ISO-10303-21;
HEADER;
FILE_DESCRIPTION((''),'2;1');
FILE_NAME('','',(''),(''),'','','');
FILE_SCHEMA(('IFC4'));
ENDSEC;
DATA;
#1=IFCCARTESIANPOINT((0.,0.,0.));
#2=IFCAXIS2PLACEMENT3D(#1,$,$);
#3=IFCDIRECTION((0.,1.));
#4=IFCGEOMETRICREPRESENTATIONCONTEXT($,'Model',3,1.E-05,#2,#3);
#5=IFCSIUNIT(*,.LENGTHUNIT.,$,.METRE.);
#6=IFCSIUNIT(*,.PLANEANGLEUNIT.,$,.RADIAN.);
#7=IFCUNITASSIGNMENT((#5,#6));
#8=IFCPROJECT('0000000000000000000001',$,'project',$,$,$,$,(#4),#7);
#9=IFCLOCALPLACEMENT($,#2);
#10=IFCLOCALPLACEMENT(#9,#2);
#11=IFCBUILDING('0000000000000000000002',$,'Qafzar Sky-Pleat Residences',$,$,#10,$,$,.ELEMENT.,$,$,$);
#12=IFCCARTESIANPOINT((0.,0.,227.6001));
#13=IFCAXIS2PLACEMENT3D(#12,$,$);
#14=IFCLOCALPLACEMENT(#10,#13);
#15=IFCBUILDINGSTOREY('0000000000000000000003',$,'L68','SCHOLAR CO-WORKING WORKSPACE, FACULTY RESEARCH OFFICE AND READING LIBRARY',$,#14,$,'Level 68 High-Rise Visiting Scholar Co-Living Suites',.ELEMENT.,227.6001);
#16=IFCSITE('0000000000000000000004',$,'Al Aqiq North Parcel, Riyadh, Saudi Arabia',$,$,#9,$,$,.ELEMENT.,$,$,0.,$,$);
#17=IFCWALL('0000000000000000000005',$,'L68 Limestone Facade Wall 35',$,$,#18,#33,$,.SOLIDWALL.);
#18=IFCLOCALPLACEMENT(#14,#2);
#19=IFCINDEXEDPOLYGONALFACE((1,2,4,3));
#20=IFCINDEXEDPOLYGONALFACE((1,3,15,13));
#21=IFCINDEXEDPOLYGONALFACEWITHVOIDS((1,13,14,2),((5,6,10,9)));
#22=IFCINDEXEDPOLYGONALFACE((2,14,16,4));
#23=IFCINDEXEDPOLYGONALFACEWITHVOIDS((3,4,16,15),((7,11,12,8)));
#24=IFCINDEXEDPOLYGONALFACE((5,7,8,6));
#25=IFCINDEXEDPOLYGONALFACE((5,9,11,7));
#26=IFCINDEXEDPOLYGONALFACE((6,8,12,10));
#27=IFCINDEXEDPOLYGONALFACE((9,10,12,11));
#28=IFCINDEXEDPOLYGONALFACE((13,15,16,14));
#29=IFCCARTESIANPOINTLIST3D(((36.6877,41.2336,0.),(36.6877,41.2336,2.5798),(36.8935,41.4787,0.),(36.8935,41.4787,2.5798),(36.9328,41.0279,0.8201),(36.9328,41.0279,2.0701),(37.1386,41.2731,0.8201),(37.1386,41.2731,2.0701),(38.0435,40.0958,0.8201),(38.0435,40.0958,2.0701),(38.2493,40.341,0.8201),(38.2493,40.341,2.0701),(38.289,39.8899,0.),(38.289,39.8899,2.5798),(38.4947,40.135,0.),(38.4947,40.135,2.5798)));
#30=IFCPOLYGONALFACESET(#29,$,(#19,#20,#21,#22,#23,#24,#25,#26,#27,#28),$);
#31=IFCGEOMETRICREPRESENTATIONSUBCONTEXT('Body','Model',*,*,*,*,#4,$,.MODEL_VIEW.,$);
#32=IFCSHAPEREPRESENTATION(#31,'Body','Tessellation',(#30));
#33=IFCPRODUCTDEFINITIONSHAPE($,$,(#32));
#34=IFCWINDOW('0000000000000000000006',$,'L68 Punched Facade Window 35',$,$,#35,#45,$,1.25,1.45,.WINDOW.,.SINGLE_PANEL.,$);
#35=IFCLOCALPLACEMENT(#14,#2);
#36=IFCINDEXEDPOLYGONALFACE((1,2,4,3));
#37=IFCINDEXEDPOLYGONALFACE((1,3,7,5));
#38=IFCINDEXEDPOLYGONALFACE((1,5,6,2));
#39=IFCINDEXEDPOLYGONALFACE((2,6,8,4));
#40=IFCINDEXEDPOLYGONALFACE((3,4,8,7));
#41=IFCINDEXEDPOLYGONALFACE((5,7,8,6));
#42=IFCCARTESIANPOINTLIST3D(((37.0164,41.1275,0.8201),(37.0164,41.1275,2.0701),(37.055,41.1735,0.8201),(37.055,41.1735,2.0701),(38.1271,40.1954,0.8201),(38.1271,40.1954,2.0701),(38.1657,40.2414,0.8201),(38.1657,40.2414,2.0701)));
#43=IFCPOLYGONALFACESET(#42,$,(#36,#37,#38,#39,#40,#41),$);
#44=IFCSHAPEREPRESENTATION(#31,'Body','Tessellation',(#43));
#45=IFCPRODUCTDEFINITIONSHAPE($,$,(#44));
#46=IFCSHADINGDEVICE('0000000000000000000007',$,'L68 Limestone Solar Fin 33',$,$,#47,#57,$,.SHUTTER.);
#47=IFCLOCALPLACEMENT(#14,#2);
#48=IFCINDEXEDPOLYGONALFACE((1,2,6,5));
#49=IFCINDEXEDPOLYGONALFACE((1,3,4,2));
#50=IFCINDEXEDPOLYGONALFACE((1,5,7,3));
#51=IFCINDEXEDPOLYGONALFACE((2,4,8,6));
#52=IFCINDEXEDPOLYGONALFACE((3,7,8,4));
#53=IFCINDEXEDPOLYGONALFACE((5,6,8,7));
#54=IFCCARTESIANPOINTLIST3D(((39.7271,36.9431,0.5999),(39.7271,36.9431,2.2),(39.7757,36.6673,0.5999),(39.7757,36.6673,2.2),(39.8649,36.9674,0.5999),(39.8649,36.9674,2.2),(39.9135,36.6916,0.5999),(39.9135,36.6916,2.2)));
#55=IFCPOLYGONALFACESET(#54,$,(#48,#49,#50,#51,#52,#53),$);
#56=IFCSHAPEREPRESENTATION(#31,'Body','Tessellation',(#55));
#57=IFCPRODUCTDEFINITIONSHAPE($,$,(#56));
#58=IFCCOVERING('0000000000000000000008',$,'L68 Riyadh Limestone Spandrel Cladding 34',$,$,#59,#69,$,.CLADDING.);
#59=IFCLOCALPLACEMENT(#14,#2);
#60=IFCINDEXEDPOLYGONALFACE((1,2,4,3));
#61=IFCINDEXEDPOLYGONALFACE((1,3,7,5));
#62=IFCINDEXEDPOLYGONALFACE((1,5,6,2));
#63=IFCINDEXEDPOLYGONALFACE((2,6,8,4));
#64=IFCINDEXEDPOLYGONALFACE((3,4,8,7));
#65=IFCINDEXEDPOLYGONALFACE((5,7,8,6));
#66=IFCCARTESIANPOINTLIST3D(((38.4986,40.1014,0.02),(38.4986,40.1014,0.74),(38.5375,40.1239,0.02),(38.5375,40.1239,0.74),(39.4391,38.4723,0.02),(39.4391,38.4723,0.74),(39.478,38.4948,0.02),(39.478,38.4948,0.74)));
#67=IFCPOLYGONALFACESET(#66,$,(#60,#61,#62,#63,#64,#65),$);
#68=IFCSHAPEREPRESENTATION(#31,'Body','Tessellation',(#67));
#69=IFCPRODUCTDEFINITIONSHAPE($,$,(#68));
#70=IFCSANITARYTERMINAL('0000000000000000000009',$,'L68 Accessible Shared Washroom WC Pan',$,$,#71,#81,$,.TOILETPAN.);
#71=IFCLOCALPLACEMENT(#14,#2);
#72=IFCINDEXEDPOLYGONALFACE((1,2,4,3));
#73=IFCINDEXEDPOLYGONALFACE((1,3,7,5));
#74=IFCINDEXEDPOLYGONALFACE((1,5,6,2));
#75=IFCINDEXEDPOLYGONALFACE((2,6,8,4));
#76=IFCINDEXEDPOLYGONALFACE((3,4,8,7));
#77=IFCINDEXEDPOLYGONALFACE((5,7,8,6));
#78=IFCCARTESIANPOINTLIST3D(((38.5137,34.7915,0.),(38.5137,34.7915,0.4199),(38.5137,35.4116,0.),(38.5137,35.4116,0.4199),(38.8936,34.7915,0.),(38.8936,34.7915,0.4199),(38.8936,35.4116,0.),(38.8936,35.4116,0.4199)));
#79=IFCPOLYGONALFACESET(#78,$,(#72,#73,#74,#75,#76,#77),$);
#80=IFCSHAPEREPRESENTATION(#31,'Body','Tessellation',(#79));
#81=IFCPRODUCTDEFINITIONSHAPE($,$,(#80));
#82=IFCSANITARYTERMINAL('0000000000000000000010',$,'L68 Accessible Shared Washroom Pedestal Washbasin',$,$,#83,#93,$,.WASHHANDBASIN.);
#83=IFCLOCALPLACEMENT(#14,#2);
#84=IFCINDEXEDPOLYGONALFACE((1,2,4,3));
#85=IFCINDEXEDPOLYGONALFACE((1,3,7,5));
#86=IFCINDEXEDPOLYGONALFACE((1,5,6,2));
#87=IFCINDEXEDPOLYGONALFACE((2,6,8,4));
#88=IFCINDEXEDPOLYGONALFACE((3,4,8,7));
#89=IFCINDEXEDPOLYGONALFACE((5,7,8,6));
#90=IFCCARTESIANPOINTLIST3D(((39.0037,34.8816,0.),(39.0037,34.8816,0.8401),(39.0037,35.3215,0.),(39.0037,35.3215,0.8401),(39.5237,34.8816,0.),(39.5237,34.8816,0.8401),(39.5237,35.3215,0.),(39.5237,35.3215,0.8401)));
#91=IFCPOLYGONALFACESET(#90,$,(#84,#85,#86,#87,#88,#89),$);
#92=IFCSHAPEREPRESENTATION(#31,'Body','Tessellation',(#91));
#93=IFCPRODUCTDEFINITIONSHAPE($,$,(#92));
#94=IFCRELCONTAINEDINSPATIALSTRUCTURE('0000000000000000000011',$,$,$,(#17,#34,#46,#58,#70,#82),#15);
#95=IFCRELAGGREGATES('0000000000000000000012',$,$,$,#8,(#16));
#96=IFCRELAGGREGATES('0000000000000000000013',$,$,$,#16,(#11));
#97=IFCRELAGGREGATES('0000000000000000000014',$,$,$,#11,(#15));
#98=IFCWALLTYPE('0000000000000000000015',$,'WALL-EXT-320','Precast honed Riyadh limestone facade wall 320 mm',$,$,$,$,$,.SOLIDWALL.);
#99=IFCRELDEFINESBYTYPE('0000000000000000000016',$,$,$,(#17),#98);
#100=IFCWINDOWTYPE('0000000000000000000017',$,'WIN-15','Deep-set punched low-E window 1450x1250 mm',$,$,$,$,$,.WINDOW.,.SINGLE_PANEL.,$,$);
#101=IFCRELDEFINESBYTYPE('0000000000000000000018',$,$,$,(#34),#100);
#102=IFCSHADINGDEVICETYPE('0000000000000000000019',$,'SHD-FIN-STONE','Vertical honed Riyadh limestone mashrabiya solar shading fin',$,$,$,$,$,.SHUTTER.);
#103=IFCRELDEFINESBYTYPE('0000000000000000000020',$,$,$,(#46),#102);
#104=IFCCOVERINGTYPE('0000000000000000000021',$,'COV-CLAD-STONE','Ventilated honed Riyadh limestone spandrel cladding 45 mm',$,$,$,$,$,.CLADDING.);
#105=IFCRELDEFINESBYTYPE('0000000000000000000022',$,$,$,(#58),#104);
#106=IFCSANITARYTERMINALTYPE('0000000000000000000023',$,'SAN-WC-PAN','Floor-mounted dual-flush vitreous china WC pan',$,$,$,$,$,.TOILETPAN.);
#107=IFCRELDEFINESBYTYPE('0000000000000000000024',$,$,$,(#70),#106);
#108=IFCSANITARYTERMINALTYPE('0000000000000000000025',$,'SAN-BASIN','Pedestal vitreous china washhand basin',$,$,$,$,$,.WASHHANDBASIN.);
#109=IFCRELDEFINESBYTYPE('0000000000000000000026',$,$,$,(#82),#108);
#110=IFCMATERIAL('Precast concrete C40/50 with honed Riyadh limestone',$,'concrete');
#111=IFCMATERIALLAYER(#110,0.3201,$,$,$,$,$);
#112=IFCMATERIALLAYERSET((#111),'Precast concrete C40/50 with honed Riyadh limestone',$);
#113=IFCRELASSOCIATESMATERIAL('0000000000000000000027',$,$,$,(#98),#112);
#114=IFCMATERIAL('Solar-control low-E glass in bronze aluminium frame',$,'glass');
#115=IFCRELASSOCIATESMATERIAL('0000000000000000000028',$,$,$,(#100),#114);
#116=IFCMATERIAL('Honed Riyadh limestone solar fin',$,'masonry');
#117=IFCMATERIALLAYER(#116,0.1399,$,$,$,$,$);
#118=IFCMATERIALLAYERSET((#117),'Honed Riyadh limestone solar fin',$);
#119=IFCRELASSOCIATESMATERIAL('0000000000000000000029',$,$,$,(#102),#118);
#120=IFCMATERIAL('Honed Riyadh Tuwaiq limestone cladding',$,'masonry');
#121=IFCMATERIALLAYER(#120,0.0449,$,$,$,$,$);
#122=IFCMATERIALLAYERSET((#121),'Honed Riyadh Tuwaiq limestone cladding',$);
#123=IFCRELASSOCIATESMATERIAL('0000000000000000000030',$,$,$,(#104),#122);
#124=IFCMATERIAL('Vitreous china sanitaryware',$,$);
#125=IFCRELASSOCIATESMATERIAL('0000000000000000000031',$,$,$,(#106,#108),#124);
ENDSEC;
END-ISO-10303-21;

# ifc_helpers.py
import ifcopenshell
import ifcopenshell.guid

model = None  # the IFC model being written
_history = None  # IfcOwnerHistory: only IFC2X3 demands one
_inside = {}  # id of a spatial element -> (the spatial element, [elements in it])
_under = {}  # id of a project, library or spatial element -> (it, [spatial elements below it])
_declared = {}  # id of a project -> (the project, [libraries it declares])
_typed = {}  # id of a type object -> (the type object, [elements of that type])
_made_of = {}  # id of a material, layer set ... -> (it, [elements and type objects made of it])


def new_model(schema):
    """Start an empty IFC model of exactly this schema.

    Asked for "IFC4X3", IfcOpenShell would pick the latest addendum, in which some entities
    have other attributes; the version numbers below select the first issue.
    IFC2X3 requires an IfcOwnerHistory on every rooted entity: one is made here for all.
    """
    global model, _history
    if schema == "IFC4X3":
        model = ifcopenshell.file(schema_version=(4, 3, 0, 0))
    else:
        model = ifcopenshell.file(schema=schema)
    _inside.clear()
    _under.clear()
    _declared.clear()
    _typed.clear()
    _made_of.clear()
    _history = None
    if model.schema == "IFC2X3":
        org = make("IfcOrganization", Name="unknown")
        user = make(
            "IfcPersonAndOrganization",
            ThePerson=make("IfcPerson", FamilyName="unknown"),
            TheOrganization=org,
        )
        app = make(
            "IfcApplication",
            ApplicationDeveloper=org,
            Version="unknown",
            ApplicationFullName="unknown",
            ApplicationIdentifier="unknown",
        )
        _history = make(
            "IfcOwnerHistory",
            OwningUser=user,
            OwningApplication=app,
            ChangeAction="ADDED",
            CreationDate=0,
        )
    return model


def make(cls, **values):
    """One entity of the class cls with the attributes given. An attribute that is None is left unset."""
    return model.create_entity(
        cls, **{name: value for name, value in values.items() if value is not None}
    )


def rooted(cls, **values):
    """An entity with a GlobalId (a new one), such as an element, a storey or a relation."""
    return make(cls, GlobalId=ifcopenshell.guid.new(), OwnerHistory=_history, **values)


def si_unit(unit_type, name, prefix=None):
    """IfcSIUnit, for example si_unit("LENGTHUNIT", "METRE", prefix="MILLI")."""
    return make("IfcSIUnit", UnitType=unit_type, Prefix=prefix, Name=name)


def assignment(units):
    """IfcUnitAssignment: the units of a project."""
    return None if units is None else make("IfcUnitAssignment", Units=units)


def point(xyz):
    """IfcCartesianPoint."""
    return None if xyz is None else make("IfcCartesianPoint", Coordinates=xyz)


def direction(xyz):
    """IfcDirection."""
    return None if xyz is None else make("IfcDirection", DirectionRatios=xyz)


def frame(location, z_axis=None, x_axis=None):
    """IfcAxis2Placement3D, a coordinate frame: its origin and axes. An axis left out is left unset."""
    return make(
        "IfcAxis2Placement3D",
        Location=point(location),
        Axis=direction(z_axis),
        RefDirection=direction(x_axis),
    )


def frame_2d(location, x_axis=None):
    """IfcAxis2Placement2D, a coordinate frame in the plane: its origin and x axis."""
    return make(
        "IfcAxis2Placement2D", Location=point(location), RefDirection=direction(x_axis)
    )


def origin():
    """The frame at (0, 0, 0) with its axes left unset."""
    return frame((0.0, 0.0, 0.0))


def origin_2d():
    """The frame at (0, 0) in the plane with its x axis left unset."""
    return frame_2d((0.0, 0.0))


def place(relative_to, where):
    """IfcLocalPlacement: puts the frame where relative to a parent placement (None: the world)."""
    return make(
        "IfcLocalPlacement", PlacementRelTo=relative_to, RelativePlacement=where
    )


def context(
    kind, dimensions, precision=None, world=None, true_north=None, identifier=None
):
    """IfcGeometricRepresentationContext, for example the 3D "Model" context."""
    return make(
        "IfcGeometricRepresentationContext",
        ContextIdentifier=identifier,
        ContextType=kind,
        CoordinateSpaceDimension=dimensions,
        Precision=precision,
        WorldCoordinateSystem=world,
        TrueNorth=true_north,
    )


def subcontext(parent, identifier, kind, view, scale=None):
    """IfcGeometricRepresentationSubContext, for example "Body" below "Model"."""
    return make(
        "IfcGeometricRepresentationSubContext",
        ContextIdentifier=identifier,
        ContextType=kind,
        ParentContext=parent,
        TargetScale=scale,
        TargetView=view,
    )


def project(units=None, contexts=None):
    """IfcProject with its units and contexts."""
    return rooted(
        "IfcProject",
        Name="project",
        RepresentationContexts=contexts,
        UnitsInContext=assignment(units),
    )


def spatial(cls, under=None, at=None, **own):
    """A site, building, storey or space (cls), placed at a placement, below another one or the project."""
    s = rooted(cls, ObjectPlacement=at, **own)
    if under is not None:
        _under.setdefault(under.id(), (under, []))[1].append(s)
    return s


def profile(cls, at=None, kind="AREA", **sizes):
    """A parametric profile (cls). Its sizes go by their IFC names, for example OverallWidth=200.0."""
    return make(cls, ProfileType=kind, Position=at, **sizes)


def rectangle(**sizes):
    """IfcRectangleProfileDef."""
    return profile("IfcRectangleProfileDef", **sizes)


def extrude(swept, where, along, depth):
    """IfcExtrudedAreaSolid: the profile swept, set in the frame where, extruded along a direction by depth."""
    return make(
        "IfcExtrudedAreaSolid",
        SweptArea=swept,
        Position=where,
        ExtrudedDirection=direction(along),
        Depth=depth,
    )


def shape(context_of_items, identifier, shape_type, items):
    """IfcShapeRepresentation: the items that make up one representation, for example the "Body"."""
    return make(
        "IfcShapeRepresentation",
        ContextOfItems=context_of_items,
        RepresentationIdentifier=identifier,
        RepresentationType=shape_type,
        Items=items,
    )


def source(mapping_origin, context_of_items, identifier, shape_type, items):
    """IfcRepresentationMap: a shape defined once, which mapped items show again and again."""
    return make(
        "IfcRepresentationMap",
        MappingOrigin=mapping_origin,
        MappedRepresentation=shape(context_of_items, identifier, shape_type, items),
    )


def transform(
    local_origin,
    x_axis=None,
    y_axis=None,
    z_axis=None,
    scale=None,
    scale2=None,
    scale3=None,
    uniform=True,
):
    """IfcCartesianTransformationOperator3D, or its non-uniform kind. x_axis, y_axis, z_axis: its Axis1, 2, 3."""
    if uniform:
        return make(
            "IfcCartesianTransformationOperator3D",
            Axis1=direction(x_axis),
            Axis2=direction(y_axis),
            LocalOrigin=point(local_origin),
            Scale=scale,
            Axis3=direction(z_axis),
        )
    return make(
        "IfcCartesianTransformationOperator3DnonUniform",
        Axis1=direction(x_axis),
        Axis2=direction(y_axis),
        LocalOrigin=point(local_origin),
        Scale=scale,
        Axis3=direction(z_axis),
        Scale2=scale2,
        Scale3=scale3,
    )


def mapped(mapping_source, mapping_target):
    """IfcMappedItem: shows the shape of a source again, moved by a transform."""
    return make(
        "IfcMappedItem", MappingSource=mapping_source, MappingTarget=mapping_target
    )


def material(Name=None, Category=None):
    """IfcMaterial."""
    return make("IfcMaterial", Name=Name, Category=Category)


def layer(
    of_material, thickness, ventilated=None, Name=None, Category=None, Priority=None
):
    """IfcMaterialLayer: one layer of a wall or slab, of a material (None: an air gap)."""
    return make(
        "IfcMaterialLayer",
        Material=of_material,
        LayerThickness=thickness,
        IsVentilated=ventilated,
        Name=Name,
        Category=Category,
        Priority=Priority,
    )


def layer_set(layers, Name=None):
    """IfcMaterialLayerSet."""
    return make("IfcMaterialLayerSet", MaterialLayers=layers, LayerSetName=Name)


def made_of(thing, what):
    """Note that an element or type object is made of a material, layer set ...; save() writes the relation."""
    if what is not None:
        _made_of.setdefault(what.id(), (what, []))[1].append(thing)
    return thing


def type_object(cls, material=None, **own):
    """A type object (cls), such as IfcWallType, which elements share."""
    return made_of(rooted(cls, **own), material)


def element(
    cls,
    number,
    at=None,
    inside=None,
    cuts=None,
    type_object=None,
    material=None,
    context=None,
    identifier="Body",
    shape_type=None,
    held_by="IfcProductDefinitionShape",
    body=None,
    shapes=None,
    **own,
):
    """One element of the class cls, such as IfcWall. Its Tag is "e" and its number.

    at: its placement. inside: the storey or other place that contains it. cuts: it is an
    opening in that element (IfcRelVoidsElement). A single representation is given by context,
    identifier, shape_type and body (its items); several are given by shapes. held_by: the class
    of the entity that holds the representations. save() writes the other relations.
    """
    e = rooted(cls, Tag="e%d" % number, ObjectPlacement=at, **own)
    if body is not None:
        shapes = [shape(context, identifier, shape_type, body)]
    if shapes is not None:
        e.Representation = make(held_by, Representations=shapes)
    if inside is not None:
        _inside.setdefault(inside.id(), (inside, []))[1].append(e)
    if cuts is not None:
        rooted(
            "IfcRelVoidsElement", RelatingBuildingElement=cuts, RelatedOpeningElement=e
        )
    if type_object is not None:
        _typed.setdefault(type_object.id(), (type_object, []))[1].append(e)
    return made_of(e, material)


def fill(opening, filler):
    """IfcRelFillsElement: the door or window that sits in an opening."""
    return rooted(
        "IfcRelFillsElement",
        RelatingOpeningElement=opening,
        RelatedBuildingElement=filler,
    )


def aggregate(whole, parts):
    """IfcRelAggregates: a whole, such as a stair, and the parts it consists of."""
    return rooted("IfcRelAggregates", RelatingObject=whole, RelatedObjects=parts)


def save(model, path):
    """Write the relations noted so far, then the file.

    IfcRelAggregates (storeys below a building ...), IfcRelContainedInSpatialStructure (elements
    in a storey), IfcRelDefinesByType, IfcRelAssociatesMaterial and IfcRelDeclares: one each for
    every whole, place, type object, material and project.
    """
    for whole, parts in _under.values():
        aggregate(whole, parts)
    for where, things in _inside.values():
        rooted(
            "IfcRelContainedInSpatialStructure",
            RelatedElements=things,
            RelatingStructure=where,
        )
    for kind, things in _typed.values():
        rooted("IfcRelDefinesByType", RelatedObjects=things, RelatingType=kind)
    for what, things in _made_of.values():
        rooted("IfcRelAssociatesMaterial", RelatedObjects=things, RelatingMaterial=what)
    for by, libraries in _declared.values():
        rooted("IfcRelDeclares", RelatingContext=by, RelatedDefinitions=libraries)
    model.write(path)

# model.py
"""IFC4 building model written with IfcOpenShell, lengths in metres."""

from ifc_helpers import new_model, si_unit, direction, frame, frame_2d, origin, origin_2d, place, context, subcontext, project, spatial, rectangle, extrude, source, transform, mapped, material, layer, layer_set, type_object, element, fill, save


model = new_model("IFC4")

# Units and contexts
model_context = context("Model", 3, precision=1e-05, world=origin(), true_north=direction((0.0, 1.0)))
body_context = subcontext(model_context, "Body", "Model", "MODEL_VIEW")
ifc_project = project(units=[si_unit("LENGTHUNIT", "METRE"), si_unit("PLANEANGLEUNIT", "RADIAN")], contexts=[model_context])

# Site, building, storey
site_placement = place(None, origin())
site = spatial("IfcSite", under=ifc_project, at=site_placement, Name="Al Aqiq North Parcel, Riyadh, Saudi Arabia", CompositionType="ELEMENT", RefElevation=0.0)
building_placement = place(site_placement, origin())
building = spatial("IfcBuilding", under=site, at=building_placement, Name="Qafzar Sky-Pleat Residences", CompositionType="ELEMENT")
storey_placement = place(building_placement, frame((0.0, 0.0, 227.6001)))
storey = spatial("IfcBuildingStorey", under=building, at=storey_placement, Name="L68", Description="SCHOLAR CO-WORKING WORKSPACE, FACULTY RESEARCH OFFICE AND READING LIBRARY", LongName="Level 68 High-Rise Visiting Scholar Co-Living Suites", CompositionType="ELEMENT", Elevation=227.6001)

# Wall, opening, window
ifc_material_1 = material(Name="Precast concrete C40/50 with honed Riyadh limestone", Category="concrete")
ifc_layer_1 = layer(ifc_material_1, 0.3201)
ifc_layer_set_1 = layer_set([ifc_layer_1], Name="Precast concrete C40/50 with honed Riyadh limestone")
wall_type_1 = type_object("IfcWallType", Name="WALL-EXT-320", Description="Precast honed Riyadh limestone facade wall 320 mm", PredefinedType="SOLIDWALL", material=ifc_layer_set_1)
ifc_material_2 = material(Name="Solar-control low-E glass in bronze aluminium frame", Category="glass")
window_type_1 = type_object("IfcWindowType", Name="WIN-15", Description="Deep-set punched low-E window 1450x1250 mm", PartitioningType="SINGLE_PANEL", PredefinedType="WINDOW", material=ifc_material_2)
shared_shape_1 = source(origin(), body_context, "Body", "SweptSolid", [
    extrude(rectangle(XDim=1.45, YDim=1.25, at=frame_2d((0.7251, 0.625))), frame((0.0, 0.03, 0.0), z_axis=(0.0, -1.0, 0.0), x_axis=(1.0, 0.0, 0.0)), (0.0, 0.0, 1.0), 0.0601),
])
wall_1_placement = place(storey_placement, frame((38.3918, 40.0125, 0.0), z_axis=(0.0, 0.0, 1.0), x_axis=(-0.766025, 0.642811, 0.0)))
wall_1 = element("IfcWall", 1, at=wall_1_placement, inside=storey, type_object=wall_type_1, Name="L68 Limestone Facade Wall 35", PredefinedType="SOLIDWALL", context=body_context, shape_type="SweptSolid", body=[
    extrude(rectangle(XDim=2.0903, YDim=0.3201, at=frame_2d((1.0452, 0.0))), origin(), (0.0, 0.0, 1.0), 2.5798),
])
opening_1_placement = place(wall_1_placement, frame((0.3203, 0.0, 0.8201)))
opening_1 = element("IfcOpeningElement", 2, at=opening_1_placement, cuts=wall_1, PredefinedType="OPENING", context=body_context, shape_type="SweptSolid", body=[
    extrude(rectangle(XDim=1.45, YDim=1.25, at=frame_2d((0.7251, 0.625))), frame((0.0, 0.1699, 0.0), z_axis=(0.0, -1.0, 0.0), x_axis=(1.0, 0.0, 0.0)), (0.0, 0.0, 1.0), 0.3401),
])
window_1_placement = place(opening_1_placement, origin())
window_1 = element("IfcWindow", 3, at=window_1_placement, inside=storey, type_object=window_type_1, Name="L68 Punched Facade Window 35", OverallHeight=1.25, OverallWidth=1.45, PartitioningType="SINGLE_PANEL", PredefinedType="WINDOW", context=body_context, shape_type="MappedRepresentation", body=[
    mapped(shared_shape_1, transform((0.0, 0.0, 0.0), x_axis=(1.0, 0.0, 0.0), y_axis=(0.0, 1.0, 0.0), z_axis=(0.0, 0.0, 1.0), scale=1.0)),
])
fill(opening_1, window_1)

# Shading device
ifc_material_3 = material(Name="Honed Riyadh limestone solar fin", Category="masonry")
ifc_layer_2 = layer(ifc_material_3, 0.1399)
ifc_layer_set_2 = layer_set([ifc_layer_2], Name="Honed Riyadh limestone solar fin")
shading_device_type = type_object("IfcShadingDeviceType", Name="SHD-FIN-STONE", Description="Vertical honed Riyadh limestone mashrabiya solar shading fin", PredefinedType="SHUTTER", material=ifc_layer_set_2)
shared_shape_2 = source(origin(), body_context, "Body", "SweptSolid", [
    extrude(rectangle(XDim=0.1399, YDim=0.28, at=origin_2d()), origin(), (0.0, 0.0, 1.0), 1.6001),
])
shading_device_placement = place(storey_placement, frame((39.8203, 36.8174, 0.5999), z_axis=(0.0, 0.0, 1.0), x_axis=(0.984806, 0.173658, 0.0)))
element("IfcShadingDevice", 4, at=shading_device_placement, inside=storey, type_object=shading_device_type, Name="L68 Limestone Solar Fin 33", PredefinedType="SHUTTER", context=body_context, shape_type="MappedRepresentation", body=[
    mapped(shared_shape_2, transform((0.0, 0.0, 0.0), x_axis=(1.0, 0.0, 0.0), y_axis=(0.0, 1.0, 0.0), z_axis=(0.0, 0.0, 1.0), scale=1.0)),
])

# Covering
ifc_material_4 = material(Name="Honed Riyadh Tuwaiq limestone cladding", Category="masonry")
ifc_layer_3 = layer(ifc_material_4, 0.0449)
ifc_layer_set_3 = layer_set([ifc_layer_3], Name="Honed Riyadh Tuwaiq limestone cladding")
covering_type = type_object("IfcCoveringType", Name="COV-CLAD-STONE", Description="Ventilated honed Riyadh limestone spandrel cladding 45 mm", PredefinedType="CLADDING", material=ifc_layer_set_3)
shared_shape_3 = source(origin(), body_context, "Body", "SweptSolid", [
    extrude(rectangle(XDim=1.8811, YDim=0.0449, at=origin_2d()), origin(), (0.0, 0.0, 1.0), 0.72),
])
covering_placement = place(storey_placement, frame((38.9883, 39.2981, 0.02), z_axis=(0.0, 0.0, 1.0), x_axis=(-0.499993, 0.866029, 0.0)))
element("IfcCovering", 5, at=covering_placement, inside=storey, type_object=covering_type, Name="L68 Riyadh Limestone Spandrel Cladding 34", PredefinedType="CLADDING", context=body_context, shape_type="MappedRepresentation", body=[
    mapped(shared_shape_3, transform((0.0, 0.0, 0.0), x_axis=(1.0, 0.0, 0.0), y_axis=(0.0, 1.0, 0.0), z_axis=(0.0, 0.0, 1.0), scale=1.0)),
])

# Sanitary terminals
ifc_material_5 = material(Name="Vitreous china sanitaryware")
sanitary_terminal_type_1 = type_object("IfcSanitaryTerminalType", Name="SAN-WC-PAN", Description="Floor-mounted dual-flush vitreous china WC pan", PredefinedType="TOILETPAN", material=ifc_material_5)
shared_shape_4 = source(origin(), body_context, "Body", "SweptSolid", [
    extrude(rectangle(XDim=0.3799, YDim=0.6201, at=origin_2d()), origin(), (0.0, 0.0, 1.0), 0.4199),
])
sanitary_terminal_1_placement = place(storey_placement, frame((38.7036, 35.1016, 0.0), z_axis=(0.0, 0.0, 1.0), x_axis=(1.0, 0.0, 0.0)))
element("IfcSanitaryTerminal", 6, at=sanitary_terminal_1_placement, inside=storey, type_object=sanitary_terminal_type_1, Name="L68 Accessible Shared Washroom WC Pan", PredefinedType="TOILETPAN", context=body_context, shape_type="MappedRepresentation", body=[
    mapped(shared_shape_4, transform((0.0, 0.0, 0.0), x_axis=(1.0, 0.0, 0.0), y_axis=(0.0, 1.0, 0.0), z_axis=(0.0, 0.0, 1.0), scale=1.0)),
])
sanitary_terminal_type_2 = type_object("IfcSanitaryTerminalType", Name="SAN-BASIN", Description="Pedestal vitreous china washhand basin", PredefinedType="WASHHANDBASIN", material=ifc_material_5)
shared_shape_5 = source(origin(), body_context, "Body", "SweptSolid", [
    extrude(rectangle(XDim=0.52, YDim=0.4399, at=origin_2d()), origin(), (0.0, 0.0, 1.0), 0.8401),
])
sanitary_terminal_2_placement = place(storey_placement, frame((39.2637, 35.1016, 0.0), z_axis=(0.0, 0.0, 1.0), x_axis=(1.0, 0.0, 0.0)))
element("IfcSanitaryTerminal", 7, at=sanitary_terminal_2_placement, inside=storey, type_object=sanitary_terminal_type_2, Name="L68 Accessible Shared Washroom Pedestal Washbasin", PredefinedType="WASHHANDBASIN", context=body_context, shape_type="MappedRepresentation", body=[
    mapped(shared_shape_5, transform((0.0, 0.0, 0.0), x_axis=(1.0, 0.0, 0.0), y_axis=(0.0, 1.0, 0.0), z_axis=(0.0, 0.0, 1.0), scale=1.0)),
])

save(model, "model.ifc")
